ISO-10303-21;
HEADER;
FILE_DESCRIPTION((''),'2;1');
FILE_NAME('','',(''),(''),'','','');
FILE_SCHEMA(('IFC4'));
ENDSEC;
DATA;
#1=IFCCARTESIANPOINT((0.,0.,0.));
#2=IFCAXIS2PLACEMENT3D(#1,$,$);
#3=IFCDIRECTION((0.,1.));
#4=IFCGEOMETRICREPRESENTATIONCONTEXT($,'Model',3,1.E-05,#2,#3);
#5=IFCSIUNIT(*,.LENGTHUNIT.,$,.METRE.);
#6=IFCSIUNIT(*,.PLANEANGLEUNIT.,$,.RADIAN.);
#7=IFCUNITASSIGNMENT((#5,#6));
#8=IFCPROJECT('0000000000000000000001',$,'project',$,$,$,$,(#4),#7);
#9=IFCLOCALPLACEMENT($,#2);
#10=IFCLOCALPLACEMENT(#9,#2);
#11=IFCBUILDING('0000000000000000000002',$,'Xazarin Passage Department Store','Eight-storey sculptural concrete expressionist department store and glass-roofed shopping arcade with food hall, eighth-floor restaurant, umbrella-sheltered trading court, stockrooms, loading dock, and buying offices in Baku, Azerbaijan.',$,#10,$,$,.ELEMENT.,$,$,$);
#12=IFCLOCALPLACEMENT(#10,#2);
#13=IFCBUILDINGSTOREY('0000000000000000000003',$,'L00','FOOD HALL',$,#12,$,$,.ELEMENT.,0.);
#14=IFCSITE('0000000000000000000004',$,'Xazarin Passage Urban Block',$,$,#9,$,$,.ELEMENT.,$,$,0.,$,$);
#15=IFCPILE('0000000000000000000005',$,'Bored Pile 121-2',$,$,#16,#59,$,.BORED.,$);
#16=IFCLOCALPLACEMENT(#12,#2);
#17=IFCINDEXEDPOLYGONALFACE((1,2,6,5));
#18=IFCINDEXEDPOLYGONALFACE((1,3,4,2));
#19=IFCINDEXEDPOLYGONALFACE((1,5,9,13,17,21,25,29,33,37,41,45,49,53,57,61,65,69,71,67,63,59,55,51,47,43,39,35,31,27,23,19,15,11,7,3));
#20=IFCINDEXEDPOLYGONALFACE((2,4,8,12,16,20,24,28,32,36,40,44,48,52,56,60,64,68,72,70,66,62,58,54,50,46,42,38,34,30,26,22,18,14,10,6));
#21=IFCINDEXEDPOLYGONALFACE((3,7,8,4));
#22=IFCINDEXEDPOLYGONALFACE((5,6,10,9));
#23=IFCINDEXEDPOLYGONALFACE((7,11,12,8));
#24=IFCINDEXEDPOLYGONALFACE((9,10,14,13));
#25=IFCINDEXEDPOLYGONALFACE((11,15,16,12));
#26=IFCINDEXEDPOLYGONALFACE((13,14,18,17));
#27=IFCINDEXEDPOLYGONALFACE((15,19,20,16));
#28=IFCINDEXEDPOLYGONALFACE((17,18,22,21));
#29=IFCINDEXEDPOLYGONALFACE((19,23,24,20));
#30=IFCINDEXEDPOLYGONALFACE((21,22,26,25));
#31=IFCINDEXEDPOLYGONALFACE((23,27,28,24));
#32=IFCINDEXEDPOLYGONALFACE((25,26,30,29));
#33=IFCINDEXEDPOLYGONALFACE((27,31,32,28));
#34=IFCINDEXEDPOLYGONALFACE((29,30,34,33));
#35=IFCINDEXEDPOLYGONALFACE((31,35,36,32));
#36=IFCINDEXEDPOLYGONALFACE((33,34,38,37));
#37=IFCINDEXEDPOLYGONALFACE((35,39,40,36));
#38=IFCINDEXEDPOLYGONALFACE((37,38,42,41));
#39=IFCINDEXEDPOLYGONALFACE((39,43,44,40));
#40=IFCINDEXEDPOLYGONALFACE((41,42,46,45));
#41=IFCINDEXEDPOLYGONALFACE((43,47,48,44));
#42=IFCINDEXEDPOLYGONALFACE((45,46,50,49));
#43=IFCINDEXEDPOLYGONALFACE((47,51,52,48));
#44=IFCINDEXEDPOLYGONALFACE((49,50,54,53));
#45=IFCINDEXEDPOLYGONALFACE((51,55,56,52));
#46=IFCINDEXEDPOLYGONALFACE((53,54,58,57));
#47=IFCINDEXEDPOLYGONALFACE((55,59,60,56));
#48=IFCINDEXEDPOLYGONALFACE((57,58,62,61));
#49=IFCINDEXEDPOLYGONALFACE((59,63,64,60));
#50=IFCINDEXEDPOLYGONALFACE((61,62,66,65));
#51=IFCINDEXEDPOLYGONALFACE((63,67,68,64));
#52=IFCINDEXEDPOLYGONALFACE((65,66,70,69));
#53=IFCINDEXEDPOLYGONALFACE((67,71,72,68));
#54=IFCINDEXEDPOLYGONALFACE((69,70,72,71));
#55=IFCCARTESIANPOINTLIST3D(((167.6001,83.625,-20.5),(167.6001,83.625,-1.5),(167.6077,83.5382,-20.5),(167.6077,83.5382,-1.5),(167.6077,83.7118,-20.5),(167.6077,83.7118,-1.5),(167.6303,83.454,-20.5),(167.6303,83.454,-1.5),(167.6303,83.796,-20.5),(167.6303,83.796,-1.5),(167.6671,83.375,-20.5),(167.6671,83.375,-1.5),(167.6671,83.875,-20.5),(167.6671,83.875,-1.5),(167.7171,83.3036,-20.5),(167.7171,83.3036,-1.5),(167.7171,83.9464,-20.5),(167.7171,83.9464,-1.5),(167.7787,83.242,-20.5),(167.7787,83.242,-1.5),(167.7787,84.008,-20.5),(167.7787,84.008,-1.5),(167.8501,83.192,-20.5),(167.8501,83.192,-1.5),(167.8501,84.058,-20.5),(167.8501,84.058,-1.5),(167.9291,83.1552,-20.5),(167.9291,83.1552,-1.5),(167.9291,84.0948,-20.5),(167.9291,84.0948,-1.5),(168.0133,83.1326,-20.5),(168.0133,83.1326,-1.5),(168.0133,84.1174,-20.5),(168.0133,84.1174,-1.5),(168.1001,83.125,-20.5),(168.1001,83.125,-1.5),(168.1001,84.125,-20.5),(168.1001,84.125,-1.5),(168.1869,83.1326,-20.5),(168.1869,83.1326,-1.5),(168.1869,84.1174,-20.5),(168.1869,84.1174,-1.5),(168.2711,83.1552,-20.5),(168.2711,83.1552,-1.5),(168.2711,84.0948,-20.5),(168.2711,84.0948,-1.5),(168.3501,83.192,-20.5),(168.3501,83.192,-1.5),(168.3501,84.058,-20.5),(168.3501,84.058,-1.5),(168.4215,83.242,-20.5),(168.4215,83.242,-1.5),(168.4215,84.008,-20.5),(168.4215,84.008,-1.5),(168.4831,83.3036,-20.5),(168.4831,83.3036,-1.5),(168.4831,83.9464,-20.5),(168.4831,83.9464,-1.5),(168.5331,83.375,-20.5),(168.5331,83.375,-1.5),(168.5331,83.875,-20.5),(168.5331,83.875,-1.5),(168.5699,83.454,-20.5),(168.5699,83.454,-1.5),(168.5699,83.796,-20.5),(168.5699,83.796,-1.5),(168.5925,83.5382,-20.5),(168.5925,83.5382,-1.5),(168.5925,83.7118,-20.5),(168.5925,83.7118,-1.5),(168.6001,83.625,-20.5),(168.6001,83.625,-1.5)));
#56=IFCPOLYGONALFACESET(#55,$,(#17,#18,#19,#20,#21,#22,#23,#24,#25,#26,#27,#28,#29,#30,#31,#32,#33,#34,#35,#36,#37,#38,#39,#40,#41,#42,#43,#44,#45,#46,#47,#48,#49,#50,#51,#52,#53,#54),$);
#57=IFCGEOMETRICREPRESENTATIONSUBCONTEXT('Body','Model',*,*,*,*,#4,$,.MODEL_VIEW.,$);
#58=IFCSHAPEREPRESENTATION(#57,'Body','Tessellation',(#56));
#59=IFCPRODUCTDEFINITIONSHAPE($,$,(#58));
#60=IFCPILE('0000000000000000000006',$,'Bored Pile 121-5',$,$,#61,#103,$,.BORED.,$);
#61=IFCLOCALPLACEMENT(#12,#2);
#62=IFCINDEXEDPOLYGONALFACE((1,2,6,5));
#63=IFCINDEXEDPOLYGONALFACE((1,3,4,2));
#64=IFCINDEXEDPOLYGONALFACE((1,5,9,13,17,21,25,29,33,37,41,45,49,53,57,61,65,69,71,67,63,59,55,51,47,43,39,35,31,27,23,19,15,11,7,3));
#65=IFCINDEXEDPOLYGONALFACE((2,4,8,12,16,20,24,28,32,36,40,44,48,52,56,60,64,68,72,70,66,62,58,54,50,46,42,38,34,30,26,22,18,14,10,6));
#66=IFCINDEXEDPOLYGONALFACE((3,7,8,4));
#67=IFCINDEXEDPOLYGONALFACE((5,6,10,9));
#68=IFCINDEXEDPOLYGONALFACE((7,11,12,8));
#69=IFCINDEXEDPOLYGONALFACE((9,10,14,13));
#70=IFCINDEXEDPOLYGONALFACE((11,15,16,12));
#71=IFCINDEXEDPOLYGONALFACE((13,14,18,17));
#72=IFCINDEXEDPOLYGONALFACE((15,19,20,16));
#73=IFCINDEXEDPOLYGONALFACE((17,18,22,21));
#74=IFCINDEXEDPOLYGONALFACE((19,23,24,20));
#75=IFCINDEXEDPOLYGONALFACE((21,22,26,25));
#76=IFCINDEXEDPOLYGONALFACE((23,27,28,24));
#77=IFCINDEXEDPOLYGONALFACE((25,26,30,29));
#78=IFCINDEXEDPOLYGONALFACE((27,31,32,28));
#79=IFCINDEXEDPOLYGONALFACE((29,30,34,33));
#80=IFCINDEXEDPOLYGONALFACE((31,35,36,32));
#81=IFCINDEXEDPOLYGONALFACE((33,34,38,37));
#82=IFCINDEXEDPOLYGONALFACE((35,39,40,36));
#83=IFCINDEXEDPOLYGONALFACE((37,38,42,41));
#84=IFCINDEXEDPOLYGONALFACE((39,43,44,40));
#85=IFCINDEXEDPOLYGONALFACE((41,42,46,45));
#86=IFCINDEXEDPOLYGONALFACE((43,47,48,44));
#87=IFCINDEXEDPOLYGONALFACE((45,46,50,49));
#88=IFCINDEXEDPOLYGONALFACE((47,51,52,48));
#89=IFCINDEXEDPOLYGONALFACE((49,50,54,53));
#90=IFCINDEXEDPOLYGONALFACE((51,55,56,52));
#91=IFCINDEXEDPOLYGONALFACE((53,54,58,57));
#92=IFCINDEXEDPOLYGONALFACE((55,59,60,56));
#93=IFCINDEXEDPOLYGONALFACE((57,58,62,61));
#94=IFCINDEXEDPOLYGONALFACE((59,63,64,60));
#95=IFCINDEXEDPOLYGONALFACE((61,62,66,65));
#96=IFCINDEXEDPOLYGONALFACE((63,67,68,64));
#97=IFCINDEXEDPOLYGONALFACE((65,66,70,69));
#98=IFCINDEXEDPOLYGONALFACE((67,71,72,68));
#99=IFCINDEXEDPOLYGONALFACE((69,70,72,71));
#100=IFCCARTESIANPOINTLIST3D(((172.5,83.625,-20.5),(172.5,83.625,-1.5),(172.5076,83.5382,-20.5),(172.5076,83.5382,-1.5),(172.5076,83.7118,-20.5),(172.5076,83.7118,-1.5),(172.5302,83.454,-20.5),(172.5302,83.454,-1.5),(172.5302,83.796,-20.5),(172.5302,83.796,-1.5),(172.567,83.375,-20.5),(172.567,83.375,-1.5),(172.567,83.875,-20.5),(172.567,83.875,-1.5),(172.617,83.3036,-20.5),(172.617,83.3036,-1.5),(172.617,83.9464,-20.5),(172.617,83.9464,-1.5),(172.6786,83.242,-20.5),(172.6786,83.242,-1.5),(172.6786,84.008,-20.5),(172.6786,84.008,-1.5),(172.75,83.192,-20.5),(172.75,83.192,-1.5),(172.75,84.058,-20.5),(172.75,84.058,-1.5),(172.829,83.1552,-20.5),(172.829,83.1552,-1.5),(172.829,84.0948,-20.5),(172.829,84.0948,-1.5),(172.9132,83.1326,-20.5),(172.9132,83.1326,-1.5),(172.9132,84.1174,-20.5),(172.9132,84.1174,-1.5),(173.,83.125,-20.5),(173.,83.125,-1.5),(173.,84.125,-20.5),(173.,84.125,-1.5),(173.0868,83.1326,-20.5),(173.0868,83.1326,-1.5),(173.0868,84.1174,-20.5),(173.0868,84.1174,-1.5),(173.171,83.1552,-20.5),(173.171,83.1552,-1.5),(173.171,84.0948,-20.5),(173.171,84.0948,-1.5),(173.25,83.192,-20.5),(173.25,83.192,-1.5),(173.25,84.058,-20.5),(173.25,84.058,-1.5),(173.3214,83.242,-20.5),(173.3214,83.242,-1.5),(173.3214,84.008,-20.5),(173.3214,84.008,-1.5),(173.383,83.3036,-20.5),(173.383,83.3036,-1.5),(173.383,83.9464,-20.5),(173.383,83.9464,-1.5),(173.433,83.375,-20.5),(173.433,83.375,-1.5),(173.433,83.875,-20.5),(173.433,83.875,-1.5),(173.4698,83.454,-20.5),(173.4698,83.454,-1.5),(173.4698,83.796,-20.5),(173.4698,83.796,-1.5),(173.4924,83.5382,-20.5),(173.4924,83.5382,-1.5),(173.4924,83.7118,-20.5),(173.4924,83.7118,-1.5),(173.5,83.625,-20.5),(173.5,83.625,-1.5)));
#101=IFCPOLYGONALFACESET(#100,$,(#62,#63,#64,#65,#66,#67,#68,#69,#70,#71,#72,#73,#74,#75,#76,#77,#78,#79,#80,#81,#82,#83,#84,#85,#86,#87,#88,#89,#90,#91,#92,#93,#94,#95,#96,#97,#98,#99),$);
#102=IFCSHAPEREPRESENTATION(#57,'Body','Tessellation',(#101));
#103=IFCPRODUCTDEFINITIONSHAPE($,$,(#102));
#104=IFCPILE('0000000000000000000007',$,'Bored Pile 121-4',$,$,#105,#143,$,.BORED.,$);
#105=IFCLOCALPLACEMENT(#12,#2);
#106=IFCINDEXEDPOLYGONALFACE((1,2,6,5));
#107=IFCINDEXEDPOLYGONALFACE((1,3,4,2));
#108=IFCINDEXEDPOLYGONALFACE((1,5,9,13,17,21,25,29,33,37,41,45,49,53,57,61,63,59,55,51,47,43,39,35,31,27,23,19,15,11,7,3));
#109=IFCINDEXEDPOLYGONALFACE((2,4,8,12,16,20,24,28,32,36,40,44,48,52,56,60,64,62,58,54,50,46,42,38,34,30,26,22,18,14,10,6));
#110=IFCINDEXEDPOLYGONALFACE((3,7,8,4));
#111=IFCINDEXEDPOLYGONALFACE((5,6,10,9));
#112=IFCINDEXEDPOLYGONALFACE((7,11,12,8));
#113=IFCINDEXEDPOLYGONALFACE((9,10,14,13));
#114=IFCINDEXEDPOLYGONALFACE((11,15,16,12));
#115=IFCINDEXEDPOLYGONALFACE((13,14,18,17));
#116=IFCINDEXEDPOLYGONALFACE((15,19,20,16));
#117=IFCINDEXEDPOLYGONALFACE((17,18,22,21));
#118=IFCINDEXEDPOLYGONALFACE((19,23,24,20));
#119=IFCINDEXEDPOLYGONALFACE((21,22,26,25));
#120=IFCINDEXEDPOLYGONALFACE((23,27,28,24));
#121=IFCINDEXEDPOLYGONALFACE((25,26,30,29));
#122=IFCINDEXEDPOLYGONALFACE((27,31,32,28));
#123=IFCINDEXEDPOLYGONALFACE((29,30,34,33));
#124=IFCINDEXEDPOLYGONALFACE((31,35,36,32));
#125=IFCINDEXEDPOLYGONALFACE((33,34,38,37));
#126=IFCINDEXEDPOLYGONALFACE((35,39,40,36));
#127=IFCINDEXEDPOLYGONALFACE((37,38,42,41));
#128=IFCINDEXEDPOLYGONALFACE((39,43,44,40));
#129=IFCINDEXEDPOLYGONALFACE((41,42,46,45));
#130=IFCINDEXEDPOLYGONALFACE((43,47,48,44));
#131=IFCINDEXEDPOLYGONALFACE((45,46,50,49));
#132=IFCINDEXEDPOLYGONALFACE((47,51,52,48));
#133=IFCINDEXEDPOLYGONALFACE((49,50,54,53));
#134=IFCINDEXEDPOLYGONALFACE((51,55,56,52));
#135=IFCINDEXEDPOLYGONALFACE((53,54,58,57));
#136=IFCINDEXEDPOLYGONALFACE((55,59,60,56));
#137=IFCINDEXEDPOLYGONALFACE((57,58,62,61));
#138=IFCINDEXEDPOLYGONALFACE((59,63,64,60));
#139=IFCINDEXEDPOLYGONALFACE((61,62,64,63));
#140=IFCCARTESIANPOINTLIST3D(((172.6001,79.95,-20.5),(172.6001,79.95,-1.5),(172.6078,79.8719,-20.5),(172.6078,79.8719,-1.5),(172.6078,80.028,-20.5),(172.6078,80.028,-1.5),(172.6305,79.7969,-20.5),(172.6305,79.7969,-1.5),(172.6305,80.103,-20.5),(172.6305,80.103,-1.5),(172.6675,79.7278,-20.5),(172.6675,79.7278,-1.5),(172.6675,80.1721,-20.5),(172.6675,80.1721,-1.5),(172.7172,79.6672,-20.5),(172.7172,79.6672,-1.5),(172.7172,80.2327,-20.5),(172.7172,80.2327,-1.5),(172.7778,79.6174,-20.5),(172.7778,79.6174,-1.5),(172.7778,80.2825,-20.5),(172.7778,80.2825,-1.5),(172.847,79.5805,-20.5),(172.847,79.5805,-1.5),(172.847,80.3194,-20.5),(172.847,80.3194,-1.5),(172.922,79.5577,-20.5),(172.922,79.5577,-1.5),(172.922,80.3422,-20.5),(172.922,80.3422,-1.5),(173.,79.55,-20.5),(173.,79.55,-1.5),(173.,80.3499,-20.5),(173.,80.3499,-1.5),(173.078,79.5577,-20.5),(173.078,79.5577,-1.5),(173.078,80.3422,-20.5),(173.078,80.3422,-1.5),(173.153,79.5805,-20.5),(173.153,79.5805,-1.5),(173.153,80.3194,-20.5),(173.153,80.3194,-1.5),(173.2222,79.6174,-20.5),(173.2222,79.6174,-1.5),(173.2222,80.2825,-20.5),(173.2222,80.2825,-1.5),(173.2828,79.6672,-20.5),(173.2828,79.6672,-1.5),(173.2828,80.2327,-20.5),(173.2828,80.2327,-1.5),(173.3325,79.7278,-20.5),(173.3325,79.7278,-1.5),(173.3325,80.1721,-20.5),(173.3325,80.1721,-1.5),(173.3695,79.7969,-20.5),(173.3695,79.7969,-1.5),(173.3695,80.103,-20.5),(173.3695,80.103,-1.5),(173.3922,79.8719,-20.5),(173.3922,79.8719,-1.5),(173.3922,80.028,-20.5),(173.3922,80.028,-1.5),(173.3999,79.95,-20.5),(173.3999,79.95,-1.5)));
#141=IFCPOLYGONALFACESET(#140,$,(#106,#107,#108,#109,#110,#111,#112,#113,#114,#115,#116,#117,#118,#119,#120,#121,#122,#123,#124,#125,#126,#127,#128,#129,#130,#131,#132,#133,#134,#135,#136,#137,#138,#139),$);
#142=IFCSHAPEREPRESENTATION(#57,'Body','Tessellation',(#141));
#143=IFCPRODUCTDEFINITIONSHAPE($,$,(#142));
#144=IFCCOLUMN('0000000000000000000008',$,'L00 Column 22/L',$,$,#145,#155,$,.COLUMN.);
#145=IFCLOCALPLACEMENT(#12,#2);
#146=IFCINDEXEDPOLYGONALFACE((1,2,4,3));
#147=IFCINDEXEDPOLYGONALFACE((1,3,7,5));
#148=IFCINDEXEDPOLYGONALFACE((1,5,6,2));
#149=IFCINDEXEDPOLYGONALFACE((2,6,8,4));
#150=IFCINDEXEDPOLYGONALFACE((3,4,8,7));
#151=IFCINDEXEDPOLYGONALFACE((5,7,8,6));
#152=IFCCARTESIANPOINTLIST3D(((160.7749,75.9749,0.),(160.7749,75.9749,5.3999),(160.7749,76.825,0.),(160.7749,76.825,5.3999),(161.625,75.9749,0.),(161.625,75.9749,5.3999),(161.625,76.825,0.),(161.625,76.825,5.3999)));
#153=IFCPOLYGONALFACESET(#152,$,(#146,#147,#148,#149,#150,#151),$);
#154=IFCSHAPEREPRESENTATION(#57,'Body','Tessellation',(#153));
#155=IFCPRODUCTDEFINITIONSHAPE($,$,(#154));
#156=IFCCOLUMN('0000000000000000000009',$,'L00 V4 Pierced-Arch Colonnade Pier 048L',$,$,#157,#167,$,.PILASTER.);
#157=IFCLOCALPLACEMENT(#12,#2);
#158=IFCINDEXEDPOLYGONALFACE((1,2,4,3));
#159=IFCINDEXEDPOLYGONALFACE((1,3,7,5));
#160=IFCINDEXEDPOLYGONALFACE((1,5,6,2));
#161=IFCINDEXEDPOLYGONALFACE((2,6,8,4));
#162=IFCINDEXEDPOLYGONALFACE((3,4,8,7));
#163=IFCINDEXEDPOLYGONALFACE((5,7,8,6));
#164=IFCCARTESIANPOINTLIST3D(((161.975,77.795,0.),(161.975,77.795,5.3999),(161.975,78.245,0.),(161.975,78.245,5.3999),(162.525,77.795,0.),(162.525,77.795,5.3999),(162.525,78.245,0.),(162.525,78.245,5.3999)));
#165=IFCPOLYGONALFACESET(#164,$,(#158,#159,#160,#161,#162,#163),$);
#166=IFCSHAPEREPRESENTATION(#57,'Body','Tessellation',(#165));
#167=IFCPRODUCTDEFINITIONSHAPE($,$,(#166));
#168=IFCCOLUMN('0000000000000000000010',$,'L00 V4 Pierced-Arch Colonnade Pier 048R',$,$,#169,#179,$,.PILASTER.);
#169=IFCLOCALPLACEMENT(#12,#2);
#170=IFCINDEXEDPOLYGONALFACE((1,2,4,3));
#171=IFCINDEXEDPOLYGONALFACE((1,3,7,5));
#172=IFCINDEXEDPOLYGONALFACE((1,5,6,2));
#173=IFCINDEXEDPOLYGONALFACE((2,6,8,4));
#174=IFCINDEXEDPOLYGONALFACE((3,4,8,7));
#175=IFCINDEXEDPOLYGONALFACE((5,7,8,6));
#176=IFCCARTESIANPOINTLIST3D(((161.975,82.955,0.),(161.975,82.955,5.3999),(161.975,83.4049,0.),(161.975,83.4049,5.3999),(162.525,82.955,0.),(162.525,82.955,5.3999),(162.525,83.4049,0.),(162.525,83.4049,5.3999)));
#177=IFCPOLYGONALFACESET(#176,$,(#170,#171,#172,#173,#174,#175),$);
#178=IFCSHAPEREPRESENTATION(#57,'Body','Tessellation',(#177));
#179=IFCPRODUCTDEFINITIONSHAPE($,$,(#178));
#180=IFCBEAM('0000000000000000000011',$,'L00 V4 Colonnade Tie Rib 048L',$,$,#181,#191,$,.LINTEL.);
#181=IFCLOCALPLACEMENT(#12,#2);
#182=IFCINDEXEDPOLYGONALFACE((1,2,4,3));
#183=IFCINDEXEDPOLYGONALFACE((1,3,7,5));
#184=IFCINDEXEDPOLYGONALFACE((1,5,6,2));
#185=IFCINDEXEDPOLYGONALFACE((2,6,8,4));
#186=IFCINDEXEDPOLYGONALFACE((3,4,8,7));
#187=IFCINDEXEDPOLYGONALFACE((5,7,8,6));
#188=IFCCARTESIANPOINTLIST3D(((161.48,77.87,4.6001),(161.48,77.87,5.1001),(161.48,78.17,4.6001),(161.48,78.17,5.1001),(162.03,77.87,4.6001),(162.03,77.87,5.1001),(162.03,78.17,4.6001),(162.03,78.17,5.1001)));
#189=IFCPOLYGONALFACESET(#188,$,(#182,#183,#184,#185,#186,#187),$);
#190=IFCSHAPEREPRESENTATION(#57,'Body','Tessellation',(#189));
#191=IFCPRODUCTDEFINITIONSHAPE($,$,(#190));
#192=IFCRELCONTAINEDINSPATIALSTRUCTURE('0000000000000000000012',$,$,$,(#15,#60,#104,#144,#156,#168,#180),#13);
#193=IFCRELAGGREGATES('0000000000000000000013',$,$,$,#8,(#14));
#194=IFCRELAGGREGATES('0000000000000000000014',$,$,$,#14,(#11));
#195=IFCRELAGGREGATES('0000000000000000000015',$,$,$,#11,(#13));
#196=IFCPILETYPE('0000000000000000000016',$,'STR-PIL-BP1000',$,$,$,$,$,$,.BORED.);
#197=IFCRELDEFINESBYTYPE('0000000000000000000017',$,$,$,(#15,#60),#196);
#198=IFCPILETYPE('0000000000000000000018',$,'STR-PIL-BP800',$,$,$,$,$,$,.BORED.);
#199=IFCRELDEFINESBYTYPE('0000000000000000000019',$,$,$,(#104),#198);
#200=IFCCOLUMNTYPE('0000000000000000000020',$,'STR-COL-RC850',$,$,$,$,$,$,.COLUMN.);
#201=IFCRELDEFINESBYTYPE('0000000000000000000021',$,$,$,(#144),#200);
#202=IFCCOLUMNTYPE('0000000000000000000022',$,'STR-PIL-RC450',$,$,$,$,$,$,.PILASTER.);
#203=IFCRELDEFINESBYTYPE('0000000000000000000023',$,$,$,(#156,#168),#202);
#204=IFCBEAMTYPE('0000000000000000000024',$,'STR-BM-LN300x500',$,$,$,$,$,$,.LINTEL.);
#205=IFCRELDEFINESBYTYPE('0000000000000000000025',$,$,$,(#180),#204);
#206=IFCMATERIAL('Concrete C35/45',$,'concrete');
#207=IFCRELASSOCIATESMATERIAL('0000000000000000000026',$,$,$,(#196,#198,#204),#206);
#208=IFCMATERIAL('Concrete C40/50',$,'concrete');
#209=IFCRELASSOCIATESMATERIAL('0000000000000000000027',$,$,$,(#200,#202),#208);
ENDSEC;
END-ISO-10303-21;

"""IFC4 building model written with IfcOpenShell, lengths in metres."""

from ifc_helpers import new_model, si_unit, direction, frame, origin, origin_2d, place, context, subcontext, project, spatial, rectangle, circle, extrude, material, material_profile, profile_set, type_object, element, save


model = new_model("IFC4")

# Units and contexts
model_context = context("Model", 3, precision=1e-05, world=origin(), true_north=direction((0.0, 1.0)))
body_context = subcontext(model_context, "Body", "Model", "MODEL_VIEW")
ifc_project = project(units=[si_unit("LENGTHUNIT", "METRE"), si_unit("PLANEANGLEUNIT", "RADIAN")], contexts=[model_context])

# Site, building, storey
site_placement = place(None, origin())
site = spatial("IfcSite", under=ifc_project, at=site_placement, Name="Xazarin Passage Urban Block", CompositionType="ELEMENT", RefElevation=0.0)
building_placement = place(site_placement, origin())
building = spatial("IfcBuilding", under=site, at=building_placement, Name="Xazarin Passage Department Store", Description="Eight-storey sculptural concrete expressionist department store and glass-roofed shopping arcade with food hall, eighth-floor restaurant, umbrella-sheltered trading court, stockrooms, loading dock, and buying offices in Baku, Azerbaijan.", CompositionType="ELEMENT")
storey_placement = place(building_placement, origin())
storey = spatial("IfcBuildingStorey", under=building, at=storey_placement, Name="L00", Description="FOOD HALL", CompositionType="ELEMENT", Elevation=0.0)

# Shared definitions
ifc_material_1 = material(Name="Concrete C35/45", Category="concrete")

# Piles
ifc_material_profile_1 = material_profile(ifc_material_1, circle(Radius=0.5, at=origin_2d()), Name="BP 1000")
ifc_profile_set_1 = profile_set([ifc_material_profile_1], Name="Concrete C35/45")
pile_type_1 = type_object("IfcPileType", Name="STR-PIL-BP1000", PredefinedType="BORED", material=ifc_profile_set_1)
for number, where, z_axis, x_axis, name in (
    (1, (168.1001, 83.625, -1.5), (0.0, 0.0, -1.0), (1.0, 0.0, 0.0), "Bored Pile 121-2"),
    (2, (173.0, 83.625, -1.5), (0.0, 0.0, -1.0), (1.0, 0.0, 0.0), "Bored Pile 121-5"),
):
    element("IfcPile", number, at=place(storey_placement, frame(where, z_axis=z_axis, x_axis=x_axis)), inside=storey, type_object=pile_type_1, Name=name, PredefinedType="BORED", context=body_context, shape_type="SweptSolid", body=[
        extrude(circle(Radius=0.5, at=origin_2d()), origin(), (0.0, 0.0, 1.0), 19.0),
    ])
ifc_material_profile_2 = material_profile(ifc_material_1, circle(Radius=0.3999, at=origin_2d()), Name="BP 800")
ifc_profile_set_2 = profile_set([ifc_material_profile_2], Name="Concrete C35/45")
pile_type_2 = type_object("IfcPileType", Name="STR-PIL-BP800", PredefinedType="BORED", material=ifc_profile_set_2)
pile_placement = place(storey_placement, frame((173.0, 79.95, -1.5), z_axis=(0.0, 0.0, -1.0), x_axis=(1.0, 0.0, 0.0)))
element("IfcPile", 3, at=pile_placement, inside=storey, type_object=pile_type_2, Name="Bored Pile 121-4", PredefinedType="BORED", context=body_context, shape_type="SweptSolid", body=[
    extrude(circle(Radius=0.3999, at=origin_2d()), origin(), (0.0, 0.0, 1.0), 19.0),
])

# Columns
ifc_material_2 = material(Name="Concrete C40/50", Category="concrete")
ifc_material_profile_3 = material_profile(ifc_material_2, rectangle(XDim=0.8501, YDim=0.8501, at=origin_2d()), Name="RC 850x850")
ifc_profile_set_3 = profile_set([ifc_material_profile_3], Name="Concrete C40/50")
column_type_1 = type_object("IfcColumnType", Name="STR-COL-RC850", PredefinedType="COLUMN", material=ifc_profile_set_3)
column_placement = place(storey_placement, frame((161.2, 76.3999, 0.0), z_axis=(0.0, 0.0, 1.0), x_axis=(1.0, 0.0, 0.0)))
element("IfcColumn", 4, at=column_placement, inside=storey, type_object=column_type_1, Name="L00 Column 22/L", PredefinedType="COLUMN", context=body_context, shape_type="SweptSolid", body=[
    extrude(rectangle(XDim=0.8501, YDim=0.8501, at=origin_2d()), origin(), (0.0, 0.0, 1.0), 5.3999),
])
ifc_material_profile_4 = material_profile(ifc_material_2, rectangle(XDim=0.45, YDim=0.55, at=origin_2d()), Name="RC 450x550")
ifc_profile_set_4 = profile_set([ifc_material_profile_4], Name="Concrete C40/50")
column_type_2 = type_object("IfcColumnType", Name="STR-PIL-RC450", PredefinedType="PILASTER", material=ifc_profile_set_4)
for number, where, z_axis, x_axis, name in (
    (5, (162.25, 78.02, 0.0), (0.0, 0.0, 1.0), (0.0, 1.0, 0.0), "L00 V4 Pierced-Arch Colonnade Pier 048L"),
    (6, (162.25, 83.1799, 0.0), (0.0, 0.0, 1.0), (0.0, 1.0, 0.0), "L00 V4 Pierced-Arch Colonnade Pier 048R"),
):
    element("IfcColumn", number, at=place(storey_placement, frame(where, z_axis=z_axis, x_axis=x_axis)), inside=storey, type_object=column_type_2, Name=name, PredefinedType="PILASTER", context=body_context, shape_type="SweptSolid", body=[
        extrude(rectangle(XDim=0.45, YDim=0.55, at=origin_2d()), origin(), (0.0, 0.0, 1.0), 5.3999),
    ])

# Beam
ifc_material_profile_5 = material_profile(ifc_material_1, rectangle(XDim=0.3, YDim=0.5, at=origin_2d()), Name="RC 300x500")
ifc_profile_set_5 = profile_set([ifc_material_profile_5], Name="Concrete C35/45")
beam_type = type_object("IfcBeamType", Name="STR-BM-LN300x500", PredefinedType="LINTEL", material=ifc_profile_set_5)
for number, where, z_axis, x_axis, name in (
    (7, (161.48, 78.02, 4.8501), (1.0, 0.0, 0.0), (0.0, 1.0, 0.0), "L00 V4 Colonnade Tie Rib 048L"),
):
    element("IfcBeam", number, at=place(storey_placement, frame(where, z_axis=z_axis, x_axis=x_axis)), inside=storey, type_object=beam_type, Name=name, PredefinedType="LINTEL", context=body_context, shape_type="SweptSolid", body=[
        extrude(rectangle(XDim=0.3, YDim=0.5, at=origin_2d()), origin(), (0.0, 0.0, 1.0), 0.55),
    ])

save(model, "model.ifc")
